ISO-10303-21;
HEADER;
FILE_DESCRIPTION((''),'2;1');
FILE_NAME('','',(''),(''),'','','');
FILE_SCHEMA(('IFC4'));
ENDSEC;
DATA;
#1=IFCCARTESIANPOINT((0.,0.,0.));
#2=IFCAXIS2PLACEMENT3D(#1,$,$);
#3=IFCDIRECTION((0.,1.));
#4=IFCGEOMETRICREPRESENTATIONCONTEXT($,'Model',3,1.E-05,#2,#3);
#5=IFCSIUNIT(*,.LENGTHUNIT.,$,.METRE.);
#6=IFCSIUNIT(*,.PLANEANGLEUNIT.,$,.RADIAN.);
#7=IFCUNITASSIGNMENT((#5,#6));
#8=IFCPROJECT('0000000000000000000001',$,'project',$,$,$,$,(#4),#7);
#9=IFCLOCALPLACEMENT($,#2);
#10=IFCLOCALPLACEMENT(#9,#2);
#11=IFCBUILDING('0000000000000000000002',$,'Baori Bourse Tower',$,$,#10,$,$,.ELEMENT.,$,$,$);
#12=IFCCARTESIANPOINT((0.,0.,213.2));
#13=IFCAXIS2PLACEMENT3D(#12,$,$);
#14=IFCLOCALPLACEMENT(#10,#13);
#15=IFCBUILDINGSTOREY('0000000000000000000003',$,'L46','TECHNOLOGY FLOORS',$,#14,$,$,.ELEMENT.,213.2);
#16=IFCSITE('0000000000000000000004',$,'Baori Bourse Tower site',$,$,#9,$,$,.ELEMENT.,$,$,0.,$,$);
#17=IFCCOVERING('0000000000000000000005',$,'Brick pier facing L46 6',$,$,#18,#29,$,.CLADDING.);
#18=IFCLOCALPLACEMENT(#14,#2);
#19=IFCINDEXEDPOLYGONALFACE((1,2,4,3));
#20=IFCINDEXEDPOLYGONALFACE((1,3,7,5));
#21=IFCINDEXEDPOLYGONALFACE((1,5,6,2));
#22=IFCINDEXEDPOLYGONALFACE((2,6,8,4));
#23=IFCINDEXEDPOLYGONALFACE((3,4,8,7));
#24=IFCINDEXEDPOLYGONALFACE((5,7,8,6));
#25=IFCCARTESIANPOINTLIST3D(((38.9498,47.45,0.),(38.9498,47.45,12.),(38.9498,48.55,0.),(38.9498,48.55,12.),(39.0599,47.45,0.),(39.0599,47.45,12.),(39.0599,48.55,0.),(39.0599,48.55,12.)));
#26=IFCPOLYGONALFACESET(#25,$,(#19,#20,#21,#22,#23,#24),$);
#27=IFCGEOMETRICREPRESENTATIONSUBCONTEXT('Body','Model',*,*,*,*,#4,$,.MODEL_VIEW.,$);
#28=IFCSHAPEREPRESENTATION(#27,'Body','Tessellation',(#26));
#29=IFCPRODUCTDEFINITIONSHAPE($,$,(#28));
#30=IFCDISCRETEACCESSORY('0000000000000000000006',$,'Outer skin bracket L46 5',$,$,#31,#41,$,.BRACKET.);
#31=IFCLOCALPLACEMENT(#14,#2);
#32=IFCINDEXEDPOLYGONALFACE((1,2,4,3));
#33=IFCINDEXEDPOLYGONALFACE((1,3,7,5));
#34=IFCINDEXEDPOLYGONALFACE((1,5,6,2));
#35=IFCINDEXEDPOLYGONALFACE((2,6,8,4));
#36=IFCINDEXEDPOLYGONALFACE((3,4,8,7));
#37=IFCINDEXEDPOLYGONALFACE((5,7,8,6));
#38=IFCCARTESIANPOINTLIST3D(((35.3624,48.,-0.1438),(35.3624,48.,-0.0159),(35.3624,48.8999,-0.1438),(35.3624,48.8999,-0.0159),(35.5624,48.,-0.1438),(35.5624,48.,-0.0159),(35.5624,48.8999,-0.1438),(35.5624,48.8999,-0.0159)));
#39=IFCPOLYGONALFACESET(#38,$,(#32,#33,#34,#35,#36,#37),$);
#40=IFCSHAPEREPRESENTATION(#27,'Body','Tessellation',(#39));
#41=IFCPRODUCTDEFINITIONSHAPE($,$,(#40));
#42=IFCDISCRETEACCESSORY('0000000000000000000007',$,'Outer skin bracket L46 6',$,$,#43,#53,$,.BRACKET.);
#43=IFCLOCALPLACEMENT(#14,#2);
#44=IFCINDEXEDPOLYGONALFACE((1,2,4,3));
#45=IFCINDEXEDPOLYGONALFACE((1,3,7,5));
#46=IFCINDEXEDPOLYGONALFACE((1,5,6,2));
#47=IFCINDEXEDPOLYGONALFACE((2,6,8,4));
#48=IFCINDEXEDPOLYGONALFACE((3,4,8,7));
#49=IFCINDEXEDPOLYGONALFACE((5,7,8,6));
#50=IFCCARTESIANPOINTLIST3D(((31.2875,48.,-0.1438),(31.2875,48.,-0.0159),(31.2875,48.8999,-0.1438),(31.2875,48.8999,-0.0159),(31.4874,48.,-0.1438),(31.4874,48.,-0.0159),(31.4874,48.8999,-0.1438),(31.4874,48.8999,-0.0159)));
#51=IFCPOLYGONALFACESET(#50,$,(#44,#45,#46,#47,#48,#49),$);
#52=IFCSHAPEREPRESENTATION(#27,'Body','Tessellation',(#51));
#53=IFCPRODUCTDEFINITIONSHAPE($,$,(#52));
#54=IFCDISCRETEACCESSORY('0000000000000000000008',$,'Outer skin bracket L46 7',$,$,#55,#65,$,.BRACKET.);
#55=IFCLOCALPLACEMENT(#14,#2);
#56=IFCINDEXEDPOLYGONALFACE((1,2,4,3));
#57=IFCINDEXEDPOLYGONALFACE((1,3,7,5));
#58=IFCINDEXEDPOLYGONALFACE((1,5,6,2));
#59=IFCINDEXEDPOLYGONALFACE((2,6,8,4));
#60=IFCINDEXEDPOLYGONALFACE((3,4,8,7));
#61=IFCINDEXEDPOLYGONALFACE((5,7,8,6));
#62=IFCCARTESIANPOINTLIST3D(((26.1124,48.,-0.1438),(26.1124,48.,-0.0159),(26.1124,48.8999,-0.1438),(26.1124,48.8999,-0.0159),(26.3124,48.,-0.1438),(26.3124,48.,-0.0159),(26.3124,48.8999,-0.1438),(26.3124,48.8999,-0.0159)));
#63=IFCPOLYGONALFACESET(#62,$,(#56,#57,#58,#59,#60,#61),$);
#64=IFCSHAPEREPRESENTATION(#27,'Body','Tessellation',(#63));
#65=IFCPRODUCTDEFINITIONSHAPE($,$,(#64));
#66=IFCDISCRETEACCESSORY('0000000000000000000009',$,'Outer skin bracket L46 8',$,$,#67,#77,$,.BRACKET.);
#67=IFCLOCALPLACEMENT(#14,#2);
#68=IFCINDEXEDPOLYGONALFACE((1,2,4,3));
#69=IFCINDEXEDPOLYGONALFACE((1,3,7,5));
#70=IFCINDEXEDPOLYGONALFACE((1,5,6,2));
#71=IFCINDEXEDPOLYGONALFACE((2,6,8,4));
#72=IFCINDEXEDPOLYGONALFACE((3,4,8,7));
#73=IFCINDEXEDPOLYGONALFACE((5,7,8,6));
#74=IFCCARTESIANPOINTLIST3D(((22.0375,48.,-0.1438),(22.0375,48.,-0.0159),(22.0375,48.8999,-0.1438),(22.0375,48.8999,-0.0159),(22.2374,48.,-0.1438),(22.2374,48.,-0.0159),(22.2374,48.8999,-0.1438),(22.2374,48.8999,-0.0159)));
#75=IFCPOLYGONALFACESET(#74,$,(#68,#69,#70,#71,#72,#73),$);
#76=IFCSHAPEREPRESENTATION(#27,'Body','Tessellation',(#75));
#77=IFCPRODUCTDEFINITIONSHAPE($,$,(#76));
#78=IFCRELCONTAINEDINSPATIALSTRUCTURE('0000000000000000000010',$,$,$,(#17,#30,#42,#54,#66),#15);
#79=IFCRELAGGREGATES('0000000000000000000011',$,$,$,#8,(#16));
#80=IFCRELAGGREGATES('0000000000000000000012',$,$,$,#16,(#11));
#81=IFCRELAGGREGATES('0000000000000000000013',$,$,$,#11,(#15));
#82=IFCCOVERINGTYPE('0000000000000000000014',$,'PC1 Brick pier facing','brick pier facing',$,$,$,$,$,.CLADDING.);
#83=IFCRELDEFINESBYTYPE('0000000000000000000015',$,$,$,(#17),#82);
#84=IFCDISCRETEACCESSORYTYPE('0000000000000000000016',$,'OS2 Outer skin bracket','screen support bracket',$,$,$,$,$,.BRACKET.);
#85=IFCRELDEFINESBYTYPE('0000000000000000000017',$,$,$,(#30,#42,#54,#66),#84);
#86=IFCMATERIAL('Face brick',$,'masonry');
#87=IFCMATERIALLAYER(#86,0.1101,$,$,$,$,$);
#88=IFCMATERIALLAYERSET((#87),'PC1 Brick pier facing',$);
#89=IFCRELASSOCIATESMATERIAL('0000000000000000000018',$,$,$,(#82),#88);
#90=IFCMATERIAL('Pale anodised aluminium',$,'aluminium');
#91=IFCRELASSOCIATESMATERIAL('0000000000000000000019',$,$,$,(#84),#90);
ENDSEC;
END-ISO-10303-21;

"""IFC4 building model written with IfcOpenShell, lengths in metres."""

from ifc_helpers import new_model, si_unit, direction, frame, origin, origin_2d, place, context, subcontext, project, spatial, rectangle, extrude, material, layer, layer_set, type_object, element, save


model = new_model("IFC4")

# Units and contexts
model_context = context("Model", 3, precision=1e-05, world=origin(), true_north=direction((0.0, 1.0)))
body_context = subcontext(model_context, "Body", "Model", "MODEL_VIEW")
ifc_project = project(units=[si_unit("LENGTHUNIT", "METRE"), si_unit("PLANEANGLEUNIT", "RADIAN")], contexts=[model_context])

# Site, building, storey
site_placement = place(None, origin())
site = spatial("IfcSite", under=ifc_project, at=site_placement, Name="Baori Bourse Tower site", CompositionType="ELEMENT", RefElevation=0.0)
building_placement = place(site_placement, origin())
building = spatial("IfcBuilding", under=site, at=building_placement, Name="Baori Bourse Tower", CompositionType="ELEMENT")
storey_placement = place(building_placement, frame((0.0, 0.0, 213.2)))
storey = spatial("IfcBuildingStorey", under=building, at=storey_placement, Name="L46", Description="TECHNOLOGY FLOORS", CompositionType="ELEMENT", Elevation=213.2)

# Covering
ifc_material_1 = material(Name="Face brick", Category="masonry")
ifc_layer_1 = layer(ifc_material_1, 0.1101)
ifc_layer_set_1 = layer_set([ifc_layer_1], Name="PC1 Brick pier facing")
covering_type = type_object("IfcCoveringType", Name="PC1 Brick pier facing", Description="brick pier facing", PredefinedType="CLADDING", material=ifc_layer_set_1)
covering_1_placement = place(storey_placement, frame((39.0049, 48.0, 0.0), z_axis=(0.0, 0.0, 1.0), x_axis=(1.0, 0.0, 0.0)))
element("IfcCovering", 1, at=covering_1_placement, inside=storey, type_object=covering_type, Name="Brick pier facing L46 6", PredefinedType="CLADDING", context=body_context, shape_type="SweptSolid", body=[
    extrude(rectangle(XDim=0.1101, YDim=1.1001, at=origin_2d()), origin(), (0.0, 0.0, 1.0), 12.0),
])

# Discrete accessories
ifc_material_2 = material(Name="Pale anodised aluminium", Category="aluminium")
discrete_accessory_type = type_object("IfcDiscreteAccessoryType", Name="OS2 Outer skin bracket", Description="screen support bracket", PredefinedType="BRACKET", material=ifc_material_2)
for number, where, z_axis, x_axis, name in (
    (2, (35.4624, 48.45, -0.1438), (0.0, 0.0, 1.0), (-1.0, 0.0, 0.0), "Outer skin bracket L46 5"),
    (3, (31.3875, 48.45, -0.1438), (0.0, 0.0, 1.0), (-1.0, 0.0, 0.0), "Outer skin bracket L46 6"),
    (4, (26.2124, 48.45, -0.1438), (0.0, 0.0, 1.0), (-1.0, 0.0, 0.0), "Outer skin bracket L46 7"),
    (5, (22.1375, 48.45, -0.1438), (0.0, 0.0, 1.0), (-1.0, 0.0, 0.0), "Outer skin bracket L46 8"),
):
    element("IfcDiscreteAccessory", number, at=place(storey_placement, frame(where, z_axis=z_axis, x_axis=x_axis)), inside=storey, type_object=discrete_accessory_type, Name=name, PredefinedType="BRACKET", context=body_context, shape_type="SweptSolid", body=[
        extrude(rectangle(XDim=0.2, YDim=0.8999, at=origin_2d()), origin(), (0.0, 0.0, 1.0), 0.1279),
    ])

save(model, "model.ifc")
